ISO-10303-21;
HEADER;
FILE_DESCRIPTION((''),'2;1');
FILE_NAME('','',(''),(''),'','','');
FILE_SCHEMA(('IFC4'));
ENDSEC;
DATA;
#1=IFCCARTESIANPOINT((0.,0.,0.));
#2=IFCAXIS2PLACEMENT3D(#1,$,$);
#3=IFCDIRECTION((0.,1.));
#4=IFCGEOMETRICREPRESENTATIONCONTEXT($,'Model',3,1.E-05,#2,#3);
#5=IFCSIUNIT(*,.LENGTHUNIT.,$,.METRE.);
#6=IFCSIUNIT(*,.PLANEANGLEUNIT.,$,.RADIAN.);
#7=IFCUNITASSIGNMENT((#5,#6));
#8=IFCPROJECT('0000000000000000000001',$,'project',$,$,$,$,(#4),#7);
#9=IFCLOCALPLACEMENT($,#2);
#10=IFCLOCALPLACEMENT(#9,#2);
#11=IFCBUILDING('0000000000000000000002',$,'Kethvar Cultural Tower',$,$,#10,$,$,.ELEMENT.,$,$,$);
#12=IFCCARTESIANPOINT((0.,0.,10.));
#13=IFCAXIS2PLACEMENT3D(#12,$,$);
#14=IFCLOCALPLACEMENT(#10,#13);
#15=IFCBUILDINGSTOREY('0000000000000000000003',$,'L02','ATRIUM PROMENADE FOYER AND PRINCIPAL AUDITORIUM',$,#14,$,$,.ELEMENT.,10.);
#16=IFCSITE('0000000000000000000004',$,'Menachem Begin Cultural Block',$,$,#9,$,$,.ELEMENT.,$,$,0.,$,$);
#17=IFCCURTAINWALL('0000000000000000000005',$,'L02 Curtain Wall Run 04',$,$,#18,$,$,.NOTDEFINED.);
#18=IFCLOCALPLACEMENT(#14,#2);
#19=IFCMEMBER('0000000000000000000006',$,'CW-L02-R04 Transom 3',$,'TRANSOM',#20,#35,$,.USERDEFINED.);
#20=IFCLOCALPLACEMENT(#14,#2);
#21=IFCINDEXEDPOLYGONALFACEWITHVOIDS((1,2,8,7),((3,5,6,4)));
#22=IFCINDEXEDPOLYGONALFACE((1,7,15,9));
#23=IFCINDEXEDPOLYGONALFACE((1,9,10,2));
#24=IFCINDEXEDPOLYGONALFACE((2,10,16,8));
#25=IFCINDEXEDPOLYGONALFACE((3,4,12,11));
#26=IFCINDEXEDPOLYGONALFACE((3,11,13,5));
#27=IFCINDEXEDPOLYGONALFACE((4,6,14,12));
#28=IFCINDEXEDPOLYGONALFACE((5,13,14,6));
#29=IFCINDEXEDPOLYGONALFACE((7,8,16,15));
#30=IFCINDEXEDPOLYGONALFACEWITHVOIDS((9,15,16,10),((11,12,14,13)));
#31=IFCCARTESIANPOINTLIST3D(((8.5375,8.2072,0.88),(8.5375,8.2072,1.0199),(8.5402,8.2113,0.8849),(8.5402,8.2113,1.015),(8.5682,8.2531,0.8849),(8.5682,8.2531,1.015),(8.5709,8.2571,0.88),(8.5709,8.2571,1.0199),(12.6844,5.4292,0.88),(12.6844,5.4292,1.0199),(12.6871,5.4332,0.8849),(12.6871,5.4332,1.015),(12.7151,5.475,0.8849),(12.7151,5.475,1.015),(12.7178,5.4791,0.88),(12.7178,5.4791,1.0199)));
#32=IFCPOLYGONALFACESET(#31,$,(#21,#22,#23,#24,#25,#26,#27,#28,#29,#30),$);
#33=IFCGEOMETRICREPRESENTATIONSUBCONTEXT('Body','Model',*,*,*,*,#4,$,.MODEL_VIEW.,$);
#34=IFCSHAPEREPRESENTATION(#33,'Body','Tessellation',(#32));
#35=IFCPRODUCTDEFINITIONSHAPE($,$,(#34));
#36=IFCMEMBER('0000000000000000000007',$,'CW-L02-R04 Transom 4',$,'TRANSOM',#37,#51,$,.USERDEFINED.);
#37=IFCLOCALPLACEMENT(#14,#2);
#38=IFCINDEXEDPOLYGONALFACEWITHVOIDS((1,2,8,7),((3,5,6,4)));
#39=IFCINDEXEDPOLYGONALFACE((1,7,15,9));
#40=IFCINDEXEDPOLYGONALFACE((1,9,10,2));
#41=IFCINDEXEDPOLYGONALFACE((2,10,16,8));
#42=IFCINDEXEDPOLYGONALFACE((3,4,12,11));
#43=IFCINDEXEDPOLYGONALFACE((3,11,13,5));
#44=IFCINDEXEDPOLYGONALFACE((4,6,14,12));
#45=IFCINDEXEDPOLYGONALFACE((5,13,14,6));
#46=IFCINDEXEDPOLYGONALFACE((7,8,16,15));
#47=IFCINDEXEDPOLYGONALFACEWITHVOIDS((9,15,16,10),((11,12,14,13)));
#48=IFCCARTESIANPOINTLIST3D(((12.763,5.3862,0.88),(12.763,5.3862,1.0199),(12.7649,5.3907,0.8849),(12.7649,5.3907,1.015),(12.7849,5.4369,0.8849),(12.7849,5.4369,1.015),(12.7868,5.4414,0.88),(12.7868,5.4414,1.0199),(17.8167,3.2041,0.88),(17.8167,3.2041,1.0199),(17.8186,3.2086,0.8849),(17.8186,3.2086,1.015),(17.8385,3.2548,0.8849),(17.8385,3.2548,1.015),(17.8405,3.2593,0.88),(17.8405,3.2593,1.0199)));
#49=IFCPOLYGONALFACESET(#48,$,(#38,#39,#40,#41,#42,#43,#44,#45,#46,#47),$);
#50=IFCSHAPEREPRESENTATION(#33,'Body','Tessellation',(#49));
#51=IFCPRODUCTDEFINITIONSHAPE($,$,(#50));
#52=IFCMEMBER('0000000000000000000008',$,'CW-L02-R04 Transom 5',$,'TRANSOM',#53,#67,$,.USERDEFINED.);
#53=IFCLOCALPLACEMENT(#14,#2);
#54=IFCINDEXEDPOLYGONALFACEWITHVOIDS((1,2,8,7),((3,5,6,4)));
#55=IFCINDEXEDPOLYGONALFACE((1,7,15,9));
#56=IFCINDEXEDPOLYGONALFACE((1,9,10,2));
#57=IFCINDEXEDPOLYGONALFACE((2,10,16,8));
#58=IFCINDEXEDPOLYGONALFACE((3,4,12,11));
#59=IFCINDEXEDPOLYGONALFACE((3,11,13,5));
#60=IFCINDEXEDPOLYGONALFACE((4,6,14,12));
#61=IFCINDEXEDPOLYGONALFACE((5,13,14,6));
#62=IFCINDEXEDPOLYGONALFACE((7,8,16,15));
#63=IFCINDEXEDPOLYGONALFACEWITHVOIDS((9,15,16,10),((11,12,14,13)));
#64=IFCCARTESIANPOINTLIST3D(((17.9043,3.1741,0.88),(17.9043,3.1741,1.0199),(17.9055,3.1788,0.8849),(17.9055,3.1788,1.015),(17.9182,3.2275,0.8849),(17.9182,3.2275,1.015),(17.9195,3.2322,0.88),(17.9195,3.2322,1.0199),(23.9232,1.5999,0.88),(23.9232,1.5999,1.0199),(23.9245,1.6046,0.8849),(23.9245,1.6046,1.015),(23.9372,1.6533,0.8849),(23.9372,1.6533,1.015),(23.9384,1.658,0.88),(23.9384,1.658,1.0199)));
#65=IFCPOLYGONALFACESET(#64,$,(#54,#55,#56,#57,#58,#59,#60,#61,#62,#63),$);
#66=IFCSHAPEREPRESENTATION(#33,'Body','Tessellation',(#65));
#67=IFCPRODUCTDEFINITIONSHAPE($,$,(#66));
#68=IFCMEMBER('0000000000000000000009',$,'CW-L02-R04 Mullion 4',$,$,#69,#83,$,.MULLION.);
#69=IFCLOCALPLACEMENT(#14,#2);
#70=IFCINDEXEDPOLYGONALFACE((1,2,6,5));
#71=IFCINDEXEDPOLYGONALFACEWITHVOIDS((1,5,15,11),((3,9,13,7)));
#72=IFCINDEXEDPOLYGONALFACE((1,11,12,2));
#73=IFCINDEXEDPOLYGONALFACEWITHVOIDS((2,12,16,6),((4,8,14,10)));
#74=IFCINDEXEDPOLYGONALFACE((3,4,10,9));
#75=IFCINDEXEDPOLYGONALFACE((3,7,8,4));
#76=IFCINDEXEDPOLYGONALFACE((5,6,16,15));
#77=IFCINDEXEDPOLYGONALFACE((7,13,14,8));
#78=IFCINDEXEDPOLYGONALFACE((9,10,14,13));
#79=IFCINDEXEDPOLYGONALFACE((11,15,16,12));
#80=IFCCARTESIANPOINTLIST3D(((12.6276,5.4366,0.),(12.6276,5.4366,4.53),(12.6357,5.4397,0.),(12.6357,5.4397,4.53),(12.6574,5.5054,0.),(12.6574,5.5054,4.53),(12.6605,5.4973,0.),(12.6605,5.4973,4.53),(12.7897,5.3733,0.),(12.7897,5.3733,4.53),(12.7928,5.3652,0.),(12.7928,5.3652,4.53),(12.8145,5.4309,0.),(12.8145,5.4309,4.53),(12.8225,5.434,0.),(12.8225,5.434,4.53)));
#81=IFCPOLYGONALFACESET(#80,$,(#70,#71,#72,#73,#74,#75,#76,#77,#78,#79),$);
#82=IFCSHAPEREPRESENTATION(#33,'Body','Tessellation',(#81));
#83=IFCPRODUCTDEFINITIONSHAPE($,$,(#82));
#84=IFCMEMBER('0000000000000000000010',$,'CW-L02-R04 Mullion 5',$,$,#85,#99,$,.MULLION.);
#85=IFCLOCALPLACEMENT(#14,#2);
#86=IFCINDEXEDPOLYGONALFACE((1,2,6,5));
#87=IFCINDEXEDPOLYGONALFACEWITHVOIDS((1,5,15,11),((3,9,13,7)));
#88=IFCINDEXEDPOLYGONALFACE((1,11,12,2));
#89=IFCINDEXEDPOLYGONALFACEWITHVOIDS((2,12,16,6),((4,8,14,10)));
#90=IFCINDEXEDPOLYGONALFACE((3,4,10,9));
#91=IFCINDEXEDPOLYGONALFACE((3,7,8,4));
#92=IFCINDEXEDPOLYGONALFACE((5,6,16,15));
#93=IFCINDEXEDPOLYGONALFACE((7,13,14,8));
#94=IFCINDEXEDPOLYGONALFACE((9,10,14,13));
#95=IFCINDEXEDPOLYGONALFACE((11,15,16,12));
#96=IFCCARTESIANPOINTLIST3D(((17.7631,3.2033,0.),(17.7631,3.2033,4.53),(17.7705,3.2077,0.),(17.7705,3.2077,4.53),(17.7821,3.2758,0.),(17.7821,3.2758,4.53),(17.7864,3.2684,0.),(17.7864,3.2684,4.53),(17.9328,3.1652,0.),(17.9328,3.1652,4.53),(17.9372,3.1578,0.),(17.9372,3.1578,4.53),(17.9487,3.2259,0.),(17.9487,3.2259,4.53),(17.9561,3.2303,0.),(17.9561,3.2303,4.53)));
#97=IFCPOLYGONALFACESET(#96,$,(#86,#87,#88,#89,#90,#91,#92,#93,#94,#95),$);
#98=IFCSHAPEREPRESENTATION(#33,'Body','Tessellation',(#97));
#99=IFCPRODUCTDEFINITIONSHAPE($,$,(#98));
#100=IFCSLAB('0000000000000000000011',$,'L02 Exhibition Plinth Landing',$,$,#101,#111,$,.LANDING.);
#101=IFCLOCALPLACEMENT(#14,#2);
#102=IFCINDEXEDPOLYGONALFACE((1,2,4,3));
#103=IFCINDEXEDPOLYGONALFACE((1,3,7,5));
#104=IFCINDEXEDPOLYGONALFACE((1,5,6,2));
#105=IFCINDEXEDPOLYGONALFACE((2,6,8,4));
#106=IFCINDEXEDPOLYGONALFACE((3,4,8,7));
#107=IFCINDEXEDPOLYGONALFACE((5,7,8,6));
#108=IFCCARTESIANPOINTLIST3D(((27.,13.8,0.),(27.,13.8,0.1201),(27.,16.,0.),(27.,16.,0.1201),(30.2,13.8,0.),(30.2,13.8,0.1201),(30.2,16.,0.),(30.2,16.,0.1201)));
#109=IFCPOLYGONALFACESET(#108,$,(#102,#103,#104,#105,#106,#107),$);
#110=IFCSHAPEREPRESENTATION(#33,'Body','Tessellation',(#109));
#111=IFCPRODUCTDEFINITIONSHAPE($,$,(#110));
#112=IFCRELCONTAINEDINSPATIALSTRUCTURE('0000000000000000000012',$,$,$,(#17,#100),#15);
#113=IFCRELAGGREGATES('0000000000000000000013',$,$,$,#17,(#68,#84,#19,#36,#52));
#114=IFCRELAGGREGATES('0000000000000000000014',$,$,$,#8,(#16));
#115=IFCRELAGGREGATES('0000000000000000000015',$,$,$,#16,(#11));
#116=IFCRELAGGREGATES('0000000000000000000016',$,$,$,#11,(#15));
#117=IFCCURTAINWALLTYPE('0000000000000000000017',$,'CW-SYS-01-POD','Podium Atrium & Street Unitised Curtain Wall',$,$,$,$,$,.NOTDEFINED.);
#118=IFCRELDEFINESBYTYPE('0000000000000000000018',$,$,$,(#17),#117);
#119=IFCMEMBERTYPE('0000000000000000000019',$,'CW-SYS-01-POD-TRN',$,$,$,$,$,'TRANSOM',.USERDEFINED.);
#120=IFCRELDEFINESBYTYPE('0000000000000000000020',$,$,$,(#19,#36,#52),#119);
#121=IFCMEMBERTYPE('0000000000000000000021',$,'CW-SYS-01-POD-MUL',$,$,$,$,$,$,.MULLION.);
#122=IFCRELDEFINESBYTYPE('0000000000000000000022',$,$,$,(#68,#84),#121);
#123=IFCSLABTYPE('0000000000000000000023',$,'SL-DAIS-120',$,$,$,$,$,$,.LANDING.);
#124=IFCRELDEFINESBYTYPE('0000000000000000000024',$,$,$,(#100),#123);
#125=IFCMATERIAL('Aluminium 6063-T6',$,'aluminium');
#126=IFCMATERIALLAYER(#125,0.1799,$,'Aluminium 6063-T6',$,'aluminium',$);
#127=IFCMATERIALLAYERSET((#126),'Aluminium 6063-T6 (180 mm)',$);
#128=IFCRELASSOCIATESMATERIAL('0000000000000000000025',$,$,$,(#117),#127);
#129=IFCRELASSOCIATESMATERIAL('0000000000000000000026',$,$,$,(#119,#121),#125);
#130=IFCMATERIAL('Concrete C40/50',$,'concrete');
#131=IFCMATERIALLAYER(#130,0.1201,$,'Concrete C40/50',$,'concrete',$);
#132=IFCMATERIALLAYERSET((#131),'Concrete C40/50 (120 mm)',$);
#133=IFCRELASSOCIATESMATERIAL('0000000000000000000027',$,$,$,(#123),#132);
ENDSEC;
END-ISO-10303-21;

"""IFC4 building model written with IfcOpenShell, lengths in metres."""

from ifc_helpers import new_model, si_unit, direction, frame, origin, origin_2d, place, context, subcontext, project, spatial, polyline, hollow_rectangle, outline, extrude, source, transform, mapped, material, layer, layer_set, material_profile, profile_set, type_object, element, aggregate, save


model = new_model("IFC4")

# Units and contexts
model_context = context("Model", 3, precision=1e-05, world=origin(), true_north=direction((0.0, 1.0)))
body_context = subcontext(model_context, "Body", "Model", "MODEL_VIEW")
ifc_project = project(units=[si_unit("LENGTHUNIT", "METRE"), si_unit("PLANEANGLEUNIT", "RADIAN")], contexts=[model_context])

# Site, building, storey
site_placement = place(None, origin())
site = spatial("IfcSite", under=ifc_project, at=site_placement, Name="Menachem Begin Cultural Block", CompositionType="ELEMENT", RefElevation=0.0)
building_placement = place(site_placement, origin())
building = spatial("IfcBuilding", under=site, at=building_placement, Name="Kethvar Cultural Tower", CompositionType="ELEMENT")
storey_placement = place(building_placement, frame((0.0, 0.0, 10.0)))
storey = spatial("IfcBuildingStorey", under=building, at=storey_placement, Name="L02", Description="ATRIUM PROMENADE FOYER AND PRINCIPAL AUDITORIUM", CompositionType="ELEMENT", Elevation=10.0)

# Curtain wall, members
ifc_material_1 = material(Name="Aluminium 6063-T6", Category="aluminium")
ifc_layer_1 = layer(ifc_material_1, 0.1799, Name="Aluminium 6063-T6", Category="aluminium")
ifc_layer_set_1 = layer_set([ifc_layer_1], Name="Aluminium 6063-T6 (180 mm)")
curtain_wall_type = type_object("IfcCurtainWallType", Name="CW-SYS-01-POD", Description="Podium Atrium & Street Unitised Curtain Wall", PredefinedType="NOTDEFINED", material=ifc_layer_set_1)
curtain_wall_placement = place(storey_placement, origin())
curtain_wall = element("IfcCurtainWall", 1, at=curtain_wall_placement, inside=storey, type_object=curtain_wall_type, Name="L02 Curtain Wall Run 04", PredefinedType="NOTDEFINED")
ifc_material_profile_1 = material_profile(ifc_material_1, hollow_rectangle(XDim=0.0601, YDim=0.1399, WallThickness=0.0049, at=origin_2d()), Name="Aluminium 6063-T6 — RHS140x60x5")
ifc_profile_set_1 = profile_set([ifc_material_profile_1], Name="Aluminium 6063-T6 — RHS140x60x5")
member_type_1 = type_object("IfcMemberType", Name="CW-SYS-01-POD-TRN", ElementType="TRANSOM", PredefinedType="USERDEFINED", material=ifc_profile_set_1)
shared_shape_1 = source(origin(), body_context, "Body", "SweptSolid", [
    extrude(hollow_rectangle(XDim=0.0601, YDim=0.1399, WallThickness=0.0049, at=origin_2d()), origin(), (0.0, 0.0, 1.0), 4.9915),
])
member_1_placement = place(storey_placement, frame((8.5542, 8.2322, 0.95), z_axis=(0.830807, -0.556561, 0.0), x_axis=(0.556561, 0.830807, 0.0)))
member_1 = element("IfcMember", 2, at=member_1_placement, type_object=member_type_1, Name="CW-L02-R04 Transom 3", ObjectType="TRANSOM", PredefinedType="USERDEFINED", context=body_context, shape_type="MappedRepresentation", body=[
    mapped(shared_shape_1, transform((0.0, 0.0, 0.0), scale=1.0)),
])
shared_shape_2 = source(origin(), body_context, "Body", "SweptSolid", [
    extrude(hollow_rectangle(XDim=0.0601, YDim=0.1399, WallThickness=0.0049, at=origin_2d()), origin(), (0.0, 0.0, 1.0), 5.5046),
])
member_2_placement = place(storey_placement, frame((12.7749, 5.4138, 0.95), z_axis=(0.918073, -0.396412, 0.0), x_axis=(0.396412, 0.918073, 0.0)))
member_2 = element("IfcMember", 3, at=member_2_placement, type_object=member_type_1, Name="CW-L02-R04 Transom 4", ObjectType="TRANSOM", PredefinedType="USERDEFINED", context=body_context, shape_type="MappedRepresentation", body=[
    mapped(shared_shape_2, transform((0.0, 0.0, 0.0), scale=1.0)),
])
shared_shape_3 = source(origin(), body_context, "Body", "SweptSolid", [
    extrude(hollow_rectangle(XDim=0.0601, YDim=0.1399, WallThickness=0.0049, at=origin_2d()), origin(), (0.0, 0.0, 1.0), 6.2214),
])
member_3_placement = place(storey_placement, frame((17.9119, 3.2031, 0.95), z_axis=(0.967459, -0.253029, 0.0), x_axis=(0.253029, 0.967459, 0.0)))
member_3 = element("IfcMember", 4, at=member_3_placement, type_object=member_type_1, Name="CW-L02-R04 Transom 5", ObjectType="TRANSOM", PredefinedType="USERDEFINED", context=body_context, shape_type="MappedRepresentation", body=[
    mapped(shared_shape_3, transform((0.0, 0.0, 0.0), scale=1.0)),
])
ifc_material_profile_2 = material_profile(ifc_material_1, hollow_rectangle(XDim=0.075, YDim=0.1799, WallThickness=0.0061, at=origin_2d()), Name="Aluminium 6063-T6 — RHS180x75x6")
ifc_profile_set_2 = profile_set([ifc_material_profile_2], Name="Aluminium 6063-T6 — RHS180x75x6")
member_type_2 = type_object("IfcMemberType", Name="CW-SYS-01-POD-MUL", PredefinedType="MULLION", material=ifc_profile_set_2)
shared_shape_4 = source(origin(), body_context, "Body", "SweptSolid", [
    extrude(hollow_rectangle(XDim=0.075, YDim=0.1799, WallThickness=0.0061, at=origin_2d()), origin(), (0.0, 0.0, 1.0), 4.53),
])
member_4_placement = place(storey_placement, frame((12.7251, 5.4353, 0.0), z_axis=(0.0, 0.0, 1.0), x_axis=(0.396411, 0.918073, 0.0)))
member_4 = element("IfcMember", 5, at=member_4_placement, type_object=member_type_2, Name="CW-L02-R04 Mullion 4", PredefinedType="MULLION", context=body_context, shape_type="MappedRepresentation", body=[
    mapped(shared_shape_4, transform((0.0, 0.0, 0.0), scale=1.0)),
])
member_5_placement = place(storey_placement, frame((17.8596, 3.2168, 0.0), z_axis=(0.0, 0.0, 1.0), x_axis=(0.253032, 0.967458, 0.0)))
member_5 = element("IfcMember", 6, at=member_5_placement, type_object=member_type_2, Name="CW-L02-R04 Mullion 5", PredefinedType="MULLION", context=body_context, shape_type="MappedRepresentation", body=[
    mapped(shared_shape_4, transform((0.0, 0.0, 0.0), scale=1.0)),
])

# Slab
ifc_material_2 = material(Name="Concrete C40/50", Category="concrete")
ifc_layer_2 = layer(ifc_material_2, 0.1201, Name="Concrete C40/50", Category="concrete")
ifc_layer_set_2 = layer_set([ifc_layer_2], Name="Concrete C40/50 (120 mm)")
slab_type_1 = type_object("IfcSlabType", Name="SL-DAIS-120", PredefinedType="LANDING", material=ifc_layer_set_2)
slab_1_placement = place(storey_placement, origin())
element("IfcSlab", 7, at=slab_1_placement, inside=storey, type_object=slab_type_1, Name="L02 Exhibition Plinth Landing", PredefinedType="LANDING", context=body_context, shape_type="SweptSolid", body=[
    extrude(outline(polyline([(27.0, 13.8), (30.2, 13.8), (30.2, 16.0), (27.0, 16.0), (27.0, 13.8)])), origin(), (0.0, 0.0, 1.0), 0.1201),
])

aggregate(curtain_wall, [member_4, member_5, member_1, member_2, member_3])

save(model, "model.ifc")
